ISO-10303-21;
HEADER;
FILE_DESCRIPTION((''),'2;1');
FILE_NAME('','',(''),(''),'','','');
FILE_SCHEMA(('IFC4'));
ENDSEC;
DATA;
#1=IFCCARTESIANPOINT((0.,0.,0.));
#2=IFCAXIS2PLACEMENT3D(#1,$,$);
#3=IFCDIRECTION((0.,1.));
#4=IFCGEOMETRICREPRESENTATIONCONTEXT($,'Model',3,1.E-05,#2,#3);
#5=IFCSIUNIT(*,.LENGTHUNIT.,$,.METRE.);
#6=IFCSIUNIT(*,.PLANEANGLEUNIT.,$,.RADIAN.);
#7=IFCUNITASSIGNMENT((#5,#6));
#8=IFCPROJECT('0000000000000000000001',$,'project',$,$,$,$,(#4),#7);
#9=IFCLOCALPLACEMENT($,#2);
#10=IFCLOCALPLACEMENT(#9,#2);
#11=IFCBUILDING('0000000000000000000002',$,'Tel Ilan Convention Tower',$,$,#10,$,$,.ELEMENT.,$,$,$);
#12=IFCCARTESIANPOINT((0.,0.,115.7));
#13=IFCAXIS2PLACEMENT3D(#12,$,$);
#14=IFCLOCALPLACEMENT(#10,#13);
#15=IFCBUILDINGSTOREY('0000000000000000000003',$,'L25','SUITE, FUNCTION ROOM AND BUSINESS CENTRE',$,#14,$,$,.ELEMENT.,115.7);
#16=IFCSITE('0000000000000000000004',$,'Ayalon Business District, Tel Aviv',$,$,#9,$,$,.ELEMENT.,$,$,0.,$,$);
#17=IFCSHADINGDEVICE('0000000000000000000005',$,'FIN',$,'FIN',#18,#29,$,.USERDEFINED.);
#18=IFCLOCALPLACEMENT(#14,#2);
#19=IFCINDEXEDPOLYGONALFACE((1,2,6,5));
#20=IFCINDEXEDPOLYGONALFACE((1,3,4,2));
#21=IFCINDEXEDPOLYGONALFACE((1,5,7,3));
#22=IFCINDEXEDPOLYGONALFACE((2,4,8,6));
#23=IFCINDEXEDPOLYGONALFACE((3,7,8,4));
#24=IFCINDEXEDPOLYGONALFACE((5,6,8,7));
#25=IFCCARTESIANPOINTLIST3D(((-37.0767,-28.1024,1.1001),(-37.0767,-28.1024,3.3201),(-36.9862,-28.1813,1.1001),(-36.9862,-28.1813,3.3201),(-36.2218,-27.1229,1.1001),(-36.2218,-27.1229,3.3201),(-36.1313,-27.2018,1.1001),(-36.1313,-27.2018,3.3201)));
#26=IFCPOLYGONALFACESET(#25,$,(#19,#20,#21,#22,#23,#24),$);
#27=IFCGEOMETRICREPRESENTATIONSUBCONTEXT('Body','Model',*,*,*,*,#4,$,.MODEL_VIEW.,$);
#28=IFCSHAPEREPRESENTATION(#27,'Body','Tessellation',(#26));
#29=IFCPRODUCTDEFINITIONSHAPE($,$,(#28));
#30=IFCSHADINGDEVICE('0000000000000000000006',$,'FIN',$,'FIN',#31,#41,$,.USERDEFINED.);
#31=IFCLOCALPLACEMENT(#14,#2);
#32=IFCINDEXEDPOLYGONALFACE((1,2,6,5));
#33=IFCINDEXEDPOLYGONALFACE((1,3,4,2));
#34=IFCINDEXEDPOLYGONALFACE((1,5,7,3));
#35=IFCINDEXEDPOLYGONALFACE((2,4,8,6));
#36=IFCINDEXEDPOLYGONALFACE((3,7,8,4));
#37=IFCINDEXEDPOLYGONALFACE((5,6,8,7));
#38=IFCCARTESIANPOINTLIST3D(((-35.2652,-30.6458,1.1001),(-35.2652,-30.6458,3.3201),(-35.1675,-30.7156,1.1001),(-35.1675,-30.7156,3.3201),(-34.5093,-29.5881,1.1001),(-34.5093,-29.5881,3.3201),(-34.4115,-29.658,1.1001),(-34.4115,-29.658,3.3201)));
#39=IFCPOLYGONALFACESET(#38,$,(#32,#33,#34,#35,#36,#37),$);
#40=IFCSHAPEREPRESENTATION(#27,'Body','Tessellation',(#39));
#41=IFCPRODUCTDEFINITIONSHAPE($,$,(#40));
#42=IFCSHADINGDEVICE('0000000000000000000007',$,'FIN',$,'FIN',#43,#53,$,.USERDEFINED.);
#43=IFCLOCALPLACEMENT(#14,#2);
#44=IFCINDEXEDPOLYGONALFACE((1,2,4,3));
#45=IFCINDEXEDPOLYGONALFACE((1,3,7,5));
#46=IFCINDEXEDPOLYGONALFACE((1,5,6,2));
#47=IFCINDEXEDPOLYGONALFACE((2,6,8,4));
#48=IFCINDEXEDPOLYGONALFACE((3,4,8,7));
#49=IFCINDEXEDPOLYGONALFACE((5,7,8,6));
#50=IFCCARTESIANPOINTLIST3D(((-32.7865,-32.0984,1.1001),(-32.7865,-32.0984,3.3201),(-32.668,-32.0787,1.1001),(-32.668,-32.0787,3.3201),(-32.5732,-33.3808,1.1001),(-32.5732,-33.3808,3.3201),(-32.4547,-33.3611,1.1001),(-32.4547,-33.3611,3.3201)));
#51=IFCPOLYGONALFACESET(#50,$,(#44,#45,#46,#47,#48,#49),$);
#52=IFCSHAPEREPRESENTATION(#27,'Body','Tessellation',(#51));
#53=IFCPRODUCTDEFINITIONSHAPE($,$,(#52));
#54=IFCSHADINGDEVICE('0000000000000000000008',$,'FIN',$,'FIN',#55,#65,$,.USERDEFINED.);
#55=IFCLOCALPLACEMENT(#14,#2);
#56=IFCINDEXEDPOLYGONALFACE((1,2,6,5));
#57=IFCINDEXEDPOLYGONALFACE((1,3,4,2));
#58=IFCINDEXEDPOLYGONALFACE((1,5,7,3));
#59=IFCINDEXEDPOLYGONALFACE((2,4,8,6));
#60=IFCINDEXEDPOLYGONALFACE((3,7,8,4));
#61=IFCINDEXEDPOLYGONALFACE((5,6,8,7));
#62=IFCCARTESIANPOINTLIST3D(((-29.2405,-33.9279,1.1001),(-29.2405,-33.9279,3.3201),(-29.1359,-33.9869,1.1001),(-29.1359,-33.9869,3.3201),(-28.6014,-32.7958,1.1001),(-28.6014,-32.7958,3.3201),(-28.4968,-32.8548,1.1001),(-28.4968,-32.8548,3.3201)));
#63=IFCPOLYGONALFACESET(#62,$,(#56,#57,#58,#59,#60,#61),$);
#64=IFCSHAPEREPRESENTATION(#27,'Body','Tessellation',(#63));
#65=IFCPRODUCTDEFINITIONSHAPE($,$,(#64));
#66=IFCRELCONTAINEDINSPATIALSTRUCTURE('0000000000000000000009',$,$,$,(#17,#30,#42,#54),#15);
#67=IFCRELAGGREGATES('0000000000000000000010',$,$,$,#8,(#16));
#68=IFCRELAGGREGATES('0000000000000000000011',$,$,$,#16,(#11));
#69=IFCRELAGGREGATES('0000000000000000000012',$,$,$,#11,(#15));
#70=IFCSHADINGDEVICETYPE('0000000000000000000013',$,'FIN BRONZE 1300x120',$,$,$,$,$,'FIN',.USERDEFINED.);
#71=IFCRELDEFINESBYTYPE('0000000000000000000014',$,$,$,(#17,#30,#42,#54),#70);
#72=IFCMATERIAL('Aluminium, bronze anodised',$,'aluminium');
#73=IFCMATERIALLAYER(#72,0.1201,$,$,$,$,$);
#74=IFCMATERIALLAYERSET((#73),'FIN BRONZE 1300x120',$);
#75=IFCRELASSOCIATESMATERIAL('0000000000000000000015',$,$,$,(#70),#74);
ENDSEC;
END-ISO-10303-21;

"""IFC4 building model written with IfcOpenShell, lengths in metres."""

from ifc_helpers import new_model, si_unit, direction, frame, origin, origin_2d, place, context, subcontext, project, spatial, rectangle, extrude, material, layer, layer_set, type_object, element, save


model = new_model("IFC4")

# Units and contexts
model_context = context("Model", 3, precision=1e-05, world=origin(), true_north=direction((0.0, 1.0)))
body_context = subcontext(model_context, "Body", "Model", "MODEL_VIEW")
ifc_project = project(units=[si_unit("LENGTHUNIT", "METRE"), si_unit("PLANEANGLEUNIT", "RADIAN")], contexts=[model_context])

# Site, building, storey
site_placement = place(None, origin())
site = spatial("IfcSite", under=ifc_project, at=site_placement, Name="Ayalon Business District, Tel Aviv", CompositionType="ELEMENT", RefElevation=0.0)
building_placement = place(site_placement, origin())
building = spatial("IfcBuilding", under=site, at=building_placement, Name="Tel Ilan Convention Tower", CompositionType="ELEMENT")
storey_placement = place(building_placement, frame((0.0, 0.0, 115.7)))
storey = spatial("IfcBuildingStorey", under=building, at=storey_placement, Name="L25", Description="SUITE, FUNCTION ROOM AND BUSINESS CENTRE", CompositionType="ELEMENT", Elevation=115.7)

# Shading devices
ifc_material_1 = material(Name="Aluminium, bronze anodised", Category="aluminium")
ifc_layer_1 = layer(ifc_material_1, 0.1201)
ifc_layer_set_1 = layer_set([ifc_layer_1], Name="FIN BRONZE 1300x120")
shading_device_type = type_object("IfcShadingDeviceType", Name="FIN BRONZE 1300x120", ElementType="FIN", PredefinedType="USERDEFINED", material=ifc_layer_set_1)
for number, where, z_axis, x_axis, name in (
    (1, (-36.604, -27.6521, 1.1001), (0.0, 0.0, 1.0), (-0.657521, -0.753436, 0.0), "FIN"),
    (2, (-34.8384, -30.1519, 1.1001), (0.0, 0.0, 1.0), (-0.581492, -0.813552, 0.0), "FIN"),
    (3, (-32.6206, -32.7297, 1.1001), (0.0, 0.0, 1.0), (0.164091, -0.986445, 0.0), "FIN"),
    (4, (-28.8687, -33.3914, 1.1001), (0.0, 0.0, 1.0), (-0.491579, -0.870833, 0.0), "FIN"),
):
    element("IfcShadingDevice", number, at=place(storey_placement, frame(where, z_axis=z_axis, x_axis=x_axis)), inside=storey, type_object=shading_device_type, Name=name, ObjectType="FIN", PredefinedType="USERDEFINED", context=body_context, shape_type="SweptSolid", body=[
        extrude(rectangle(XDim=1.3, YDim=0.1201, at=origin_2d()), origin(), (0.0, 0.0, 1.0), 2.22),
    ])

save(model, "model.ifc")
